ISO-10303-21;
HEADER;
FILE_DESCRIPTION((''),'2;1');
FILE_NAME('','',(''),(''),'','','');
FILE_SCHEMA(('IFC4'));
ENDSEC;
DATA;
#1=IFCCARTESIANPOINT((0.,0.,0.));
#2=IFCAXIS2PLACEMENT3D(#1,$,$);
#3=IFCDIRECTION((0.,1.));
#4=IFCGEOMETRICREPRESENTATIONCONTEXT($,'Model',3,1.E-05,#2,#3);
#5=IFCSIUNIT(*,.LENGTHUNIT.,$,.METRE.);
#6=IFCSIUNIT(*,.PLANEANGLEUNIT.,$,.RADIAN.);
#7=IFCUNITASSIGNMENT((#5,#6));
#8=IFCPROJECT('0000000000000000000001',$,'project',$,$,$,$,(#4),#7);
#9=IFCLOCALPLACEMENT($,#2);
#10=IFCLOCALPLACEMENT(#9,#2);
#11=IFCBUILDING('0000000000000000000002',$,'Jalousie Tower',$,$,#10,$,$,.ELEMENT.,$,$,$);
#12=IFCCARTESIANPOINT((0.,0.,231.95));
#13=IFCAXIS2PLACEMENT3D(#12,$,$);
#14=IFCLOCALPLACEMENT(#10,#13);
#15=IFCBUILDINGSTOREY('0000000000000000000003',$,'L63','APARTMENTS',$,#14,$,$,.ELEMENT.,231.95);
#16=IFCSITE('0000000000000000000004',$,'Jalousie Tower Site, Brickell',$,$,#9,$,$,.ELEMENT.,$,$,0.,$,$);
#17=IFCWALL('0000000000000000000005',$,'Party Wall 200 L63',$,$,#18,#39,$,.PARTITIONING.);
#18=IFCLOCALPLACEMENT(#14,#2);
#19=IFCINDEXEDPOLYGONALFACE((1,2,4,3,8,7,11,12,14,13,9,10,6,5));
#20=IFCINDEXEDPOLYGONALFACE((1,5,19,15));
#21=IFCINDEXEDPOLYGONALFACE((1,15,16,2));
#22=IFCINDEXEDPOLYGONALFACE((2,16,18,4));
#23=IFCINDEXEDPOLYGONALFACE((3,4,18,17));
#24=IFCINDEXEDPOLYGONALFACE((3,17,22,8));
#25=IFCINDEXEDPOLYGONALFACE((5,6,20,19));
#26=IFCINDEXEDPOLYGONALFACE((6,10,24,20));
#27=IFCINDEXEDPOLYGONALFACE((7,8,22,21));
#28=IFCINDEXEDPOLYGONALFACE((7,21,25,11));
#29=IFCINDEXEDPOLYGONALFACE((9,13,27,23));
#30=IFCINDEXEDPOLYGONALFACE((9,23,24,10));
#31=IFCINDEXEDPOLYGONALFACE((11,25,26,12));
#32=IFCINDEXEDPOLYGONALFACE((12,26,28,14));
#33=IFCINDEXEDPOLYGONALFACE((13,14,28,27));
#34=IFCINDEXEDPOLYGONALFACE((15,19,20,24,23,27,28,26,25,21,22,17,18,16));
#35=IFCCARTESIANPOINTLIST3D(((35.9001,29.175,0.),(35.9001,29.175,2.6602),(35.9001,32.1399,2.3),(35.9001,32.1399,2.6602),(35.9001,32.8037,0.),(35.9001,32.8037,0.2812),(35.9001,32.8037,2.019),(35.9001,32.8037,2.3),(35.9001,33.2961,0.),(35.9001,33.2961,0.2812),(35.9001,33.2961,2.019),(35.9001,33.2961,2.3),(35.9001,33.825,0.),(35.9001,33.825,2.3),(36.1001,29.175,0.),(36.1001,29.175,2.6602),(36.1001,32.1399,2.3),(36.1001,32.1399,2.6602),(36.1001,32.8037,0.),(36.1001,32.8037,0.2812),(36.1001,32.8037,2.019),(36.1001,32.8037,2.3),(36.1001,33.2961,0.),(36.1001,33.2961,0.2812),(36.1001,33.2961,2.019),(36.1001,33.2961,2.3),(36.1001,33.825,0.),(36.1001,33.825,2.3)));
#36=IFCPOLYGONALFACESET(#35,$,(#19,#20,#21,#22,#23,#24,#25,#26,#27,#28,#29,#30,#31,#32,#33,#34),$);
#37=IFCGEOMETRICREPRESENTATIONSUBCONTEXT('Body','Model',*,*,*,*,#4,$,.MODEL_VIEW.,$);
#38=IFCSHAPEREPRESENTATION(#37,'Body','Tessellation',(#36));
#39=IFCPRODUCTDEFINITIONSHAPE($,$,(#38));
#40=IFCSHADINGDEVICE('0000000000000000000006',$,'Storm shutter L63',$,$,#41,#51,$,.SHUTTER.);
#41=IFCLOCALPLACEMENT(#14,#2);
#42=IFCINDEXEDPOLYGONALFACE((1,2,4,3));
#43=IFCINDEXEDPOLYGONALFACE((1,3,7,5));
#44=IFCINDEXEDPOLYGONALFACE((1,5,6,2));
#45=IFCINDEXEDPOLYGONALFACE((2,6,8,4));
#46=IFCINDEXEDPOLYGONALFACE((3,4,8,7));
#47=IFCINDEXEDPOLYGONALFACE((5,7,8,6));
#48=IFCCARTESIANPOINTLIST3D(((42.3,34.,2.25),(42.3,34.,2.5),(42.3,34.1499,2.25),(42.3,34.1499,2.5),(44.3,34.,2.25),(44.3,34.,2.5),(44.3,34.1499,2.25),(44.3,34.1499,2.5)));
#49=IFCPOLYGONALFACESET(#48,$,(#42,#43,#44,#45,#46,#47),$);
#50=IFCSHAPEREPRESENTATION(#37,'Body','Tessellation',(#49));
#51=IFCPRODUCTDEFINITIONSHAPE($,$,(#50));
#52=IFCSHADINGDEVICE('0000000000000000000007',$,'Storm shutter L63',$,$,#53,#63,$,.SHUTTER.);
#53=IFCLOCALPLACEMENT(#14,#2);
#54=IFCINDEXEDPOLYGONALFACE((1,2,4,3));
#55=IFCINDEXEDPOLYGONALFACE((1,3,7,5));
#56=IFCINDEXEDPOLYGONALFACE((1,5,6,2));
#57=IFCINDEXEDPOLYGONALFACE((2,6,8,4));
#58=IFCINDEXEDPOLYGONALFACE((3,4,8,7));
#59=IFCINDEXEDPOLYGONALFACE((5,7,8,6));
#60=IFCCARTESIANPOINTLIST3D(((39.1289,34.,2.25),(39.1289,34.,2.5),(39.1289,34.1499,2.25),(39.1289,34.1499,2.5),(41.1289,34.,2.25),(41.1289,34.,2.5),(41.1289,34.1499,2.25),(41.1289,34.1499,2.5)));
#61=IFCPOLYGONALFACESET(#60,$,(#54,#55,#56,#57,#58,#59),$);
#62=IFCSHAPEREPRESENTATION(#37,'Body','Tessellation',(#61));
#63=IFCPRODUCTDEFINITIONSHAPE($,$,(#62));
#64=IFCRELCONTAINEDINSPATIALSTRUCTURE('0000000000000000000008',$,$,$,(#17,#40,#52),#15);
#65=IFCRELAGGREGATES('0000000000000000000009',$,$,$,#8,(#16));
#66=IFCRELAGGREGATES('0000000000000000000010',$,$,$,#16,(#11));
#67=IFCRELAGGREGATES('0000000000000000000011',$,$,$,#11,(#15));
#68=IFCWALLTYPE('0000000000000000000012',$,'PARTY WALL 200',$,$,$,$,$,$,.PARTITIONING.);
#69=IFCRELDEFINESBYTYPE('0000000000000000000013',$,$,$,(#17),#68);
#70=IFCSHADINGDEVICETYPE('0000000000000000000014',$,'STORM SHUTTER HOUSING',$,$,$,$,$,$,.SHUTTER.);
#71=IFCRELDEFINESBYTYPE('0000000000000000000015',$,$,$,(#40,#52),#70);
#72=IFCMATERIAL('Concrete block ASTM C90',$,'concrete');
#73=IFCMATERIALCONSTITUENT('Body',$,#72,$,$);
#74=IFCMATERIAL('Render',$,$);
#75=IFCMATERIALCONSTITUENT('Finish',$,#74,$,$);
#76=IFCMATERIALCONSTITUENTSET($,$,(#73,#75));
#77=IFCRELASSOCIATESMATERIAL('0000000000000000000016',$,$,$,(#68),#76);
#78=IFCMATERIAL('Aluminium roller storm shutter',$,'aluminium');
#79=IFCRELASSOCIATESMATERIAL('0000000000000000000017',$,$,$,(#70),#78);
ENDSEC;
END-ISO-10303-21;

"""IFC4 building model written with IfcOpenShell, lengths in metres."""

from ifc_helpers import new_model, si_unit, direction, frame, origin, origin_2d, place, context, subcontext, project, spatial, polyline, rectangle, outline, extrude, material, constituent, constituent_set, type_object, element, save


model = new_model("IFC4")

# Units and contexts
model_context = context("Model", 3, precision=1e-05, world=origin(), true_north=direction((0.0, 1.0)))
body_context = subcontext(model_context, "Body", "Model", "MODEL_VIEW")
ifc_project = project(units=[si_unit("LENGTHUNIT", "METRE"), si_unit("PLANEANGLEUNIT", "RADIAN")], contexts=[model_context])

# Site, building, storey
site_placement = place(None, origin())
site = spatial("IfcSite", under=ifc_project, at=site_placement, Name="Jalousie Tower Site, Brickell", CompositionType="ELEMENT", RefElevation=0.0)
building_placement = place(site_placement, origin())
building = spatial("IfcBuilding", under=site, at=building_placement, Name="Jalousie Tower", CompositionType="ELEMENT")
storey_placement = place(building_placement, frame((0.0, 0.0, 231.95)))
storey = spatial("IfcBuildingStorey", under=building, at=storey_placement, Name="L63", Description="APARTMENTS", CompositionType="ELEMENT", Elevation=231.95)

# Wall
ifc_material_1 = material(Name="Concrete block ASTM C90", Category="concrete")
ifc_constituent_1 = constituent(ifc_material_1, Name="Body")
ifc_material_2 = material(Name="Render")
ifc_constituent_2 = constituent(ifc_material_2, Name="Finish")
ifc_constituent_set_1 = constituent_set(constituents=[ifc_constituent_1, ifc_constituent_2])
wall_type_1 = type_object("IfcWallType", Name="PARTY WALL 200", PredefinedType="PARTITIONING", material=ifc_constituent_set_1)
wall_1_placement = place(storey_placement, frame((36.0, 33.825, 0.0), z_axis=(0.0, 0.0, 1.0), x_axis=(0.0, -1.0, 0.0)))
element("IfcWall", 1, at=wall_1_placement, inside=storey, type_object=wall_type_1, Name="Party Wall 200 L63", PredefinedType="PARTITIONING", context=body_context, shape_type="SweptSolid", body=[
    extrude(outline(polyline([(0.5288, 2.3), (0.0, 2.3), (0.0, 0.0), (0.5288, 0.0), (0.5288, 0.2812), (1.0212, 0.2812), (1.0212, 0.0), (4.6499, 0.0), (4.6499, 2.6602), (1.6851, 2.6602), (1.6851, 2.3), (1.0212, 2.3), (1.0212, 2.019), (0.5288, 2.019), (0.5288, 2.3)])), frame((0.0, 0.1001, 0.0), z_axis=(0.0, -1.0, 0.0), x_axis=(1.0, 0.0, 0.0)), (0.0, 0.0, 1.0), 0.2),
])

# Shading devices
ifc_material_3 = material(Name="Aluminium roller storm shutter", Category="aluminium")
shading_device_type = type_object("IfcShadingDeviceType", Name="STORM SHUTTER HOUSING", PredefinedType="SHUTTER", material=ifc_material_3)
for number, where, z_axis, x_axis, name in (
    (2, (43.3, 34.075, 2.25), (0.0, 0.0, 1.0), (-1.0, 0.0, 0.0), "Storm shutter L63"),
    (3, (40.1289, 34.075, 2.25), (0.0, 0.0, 1.0), (-1.0, 0.0, 0.0), "Storm shutter L63"),
):
    element("IfcShadingDevice", number, at=place(storey_placement, frame(where, z_axis=z_axis, x_axis=x_axis)), inside=storey, type_object=shading_device_type, Name=name, PredefinedType="SHUTTER", context=body_context, shape_type="SweptSolid", body=[
        extrude(rectangle(XDim=2.0, YDim=0.1499, at=origin_2d()), origin(), (0.0, 0.0, 1.0), 0.25),
    ])

save(model, "model.ifc")
